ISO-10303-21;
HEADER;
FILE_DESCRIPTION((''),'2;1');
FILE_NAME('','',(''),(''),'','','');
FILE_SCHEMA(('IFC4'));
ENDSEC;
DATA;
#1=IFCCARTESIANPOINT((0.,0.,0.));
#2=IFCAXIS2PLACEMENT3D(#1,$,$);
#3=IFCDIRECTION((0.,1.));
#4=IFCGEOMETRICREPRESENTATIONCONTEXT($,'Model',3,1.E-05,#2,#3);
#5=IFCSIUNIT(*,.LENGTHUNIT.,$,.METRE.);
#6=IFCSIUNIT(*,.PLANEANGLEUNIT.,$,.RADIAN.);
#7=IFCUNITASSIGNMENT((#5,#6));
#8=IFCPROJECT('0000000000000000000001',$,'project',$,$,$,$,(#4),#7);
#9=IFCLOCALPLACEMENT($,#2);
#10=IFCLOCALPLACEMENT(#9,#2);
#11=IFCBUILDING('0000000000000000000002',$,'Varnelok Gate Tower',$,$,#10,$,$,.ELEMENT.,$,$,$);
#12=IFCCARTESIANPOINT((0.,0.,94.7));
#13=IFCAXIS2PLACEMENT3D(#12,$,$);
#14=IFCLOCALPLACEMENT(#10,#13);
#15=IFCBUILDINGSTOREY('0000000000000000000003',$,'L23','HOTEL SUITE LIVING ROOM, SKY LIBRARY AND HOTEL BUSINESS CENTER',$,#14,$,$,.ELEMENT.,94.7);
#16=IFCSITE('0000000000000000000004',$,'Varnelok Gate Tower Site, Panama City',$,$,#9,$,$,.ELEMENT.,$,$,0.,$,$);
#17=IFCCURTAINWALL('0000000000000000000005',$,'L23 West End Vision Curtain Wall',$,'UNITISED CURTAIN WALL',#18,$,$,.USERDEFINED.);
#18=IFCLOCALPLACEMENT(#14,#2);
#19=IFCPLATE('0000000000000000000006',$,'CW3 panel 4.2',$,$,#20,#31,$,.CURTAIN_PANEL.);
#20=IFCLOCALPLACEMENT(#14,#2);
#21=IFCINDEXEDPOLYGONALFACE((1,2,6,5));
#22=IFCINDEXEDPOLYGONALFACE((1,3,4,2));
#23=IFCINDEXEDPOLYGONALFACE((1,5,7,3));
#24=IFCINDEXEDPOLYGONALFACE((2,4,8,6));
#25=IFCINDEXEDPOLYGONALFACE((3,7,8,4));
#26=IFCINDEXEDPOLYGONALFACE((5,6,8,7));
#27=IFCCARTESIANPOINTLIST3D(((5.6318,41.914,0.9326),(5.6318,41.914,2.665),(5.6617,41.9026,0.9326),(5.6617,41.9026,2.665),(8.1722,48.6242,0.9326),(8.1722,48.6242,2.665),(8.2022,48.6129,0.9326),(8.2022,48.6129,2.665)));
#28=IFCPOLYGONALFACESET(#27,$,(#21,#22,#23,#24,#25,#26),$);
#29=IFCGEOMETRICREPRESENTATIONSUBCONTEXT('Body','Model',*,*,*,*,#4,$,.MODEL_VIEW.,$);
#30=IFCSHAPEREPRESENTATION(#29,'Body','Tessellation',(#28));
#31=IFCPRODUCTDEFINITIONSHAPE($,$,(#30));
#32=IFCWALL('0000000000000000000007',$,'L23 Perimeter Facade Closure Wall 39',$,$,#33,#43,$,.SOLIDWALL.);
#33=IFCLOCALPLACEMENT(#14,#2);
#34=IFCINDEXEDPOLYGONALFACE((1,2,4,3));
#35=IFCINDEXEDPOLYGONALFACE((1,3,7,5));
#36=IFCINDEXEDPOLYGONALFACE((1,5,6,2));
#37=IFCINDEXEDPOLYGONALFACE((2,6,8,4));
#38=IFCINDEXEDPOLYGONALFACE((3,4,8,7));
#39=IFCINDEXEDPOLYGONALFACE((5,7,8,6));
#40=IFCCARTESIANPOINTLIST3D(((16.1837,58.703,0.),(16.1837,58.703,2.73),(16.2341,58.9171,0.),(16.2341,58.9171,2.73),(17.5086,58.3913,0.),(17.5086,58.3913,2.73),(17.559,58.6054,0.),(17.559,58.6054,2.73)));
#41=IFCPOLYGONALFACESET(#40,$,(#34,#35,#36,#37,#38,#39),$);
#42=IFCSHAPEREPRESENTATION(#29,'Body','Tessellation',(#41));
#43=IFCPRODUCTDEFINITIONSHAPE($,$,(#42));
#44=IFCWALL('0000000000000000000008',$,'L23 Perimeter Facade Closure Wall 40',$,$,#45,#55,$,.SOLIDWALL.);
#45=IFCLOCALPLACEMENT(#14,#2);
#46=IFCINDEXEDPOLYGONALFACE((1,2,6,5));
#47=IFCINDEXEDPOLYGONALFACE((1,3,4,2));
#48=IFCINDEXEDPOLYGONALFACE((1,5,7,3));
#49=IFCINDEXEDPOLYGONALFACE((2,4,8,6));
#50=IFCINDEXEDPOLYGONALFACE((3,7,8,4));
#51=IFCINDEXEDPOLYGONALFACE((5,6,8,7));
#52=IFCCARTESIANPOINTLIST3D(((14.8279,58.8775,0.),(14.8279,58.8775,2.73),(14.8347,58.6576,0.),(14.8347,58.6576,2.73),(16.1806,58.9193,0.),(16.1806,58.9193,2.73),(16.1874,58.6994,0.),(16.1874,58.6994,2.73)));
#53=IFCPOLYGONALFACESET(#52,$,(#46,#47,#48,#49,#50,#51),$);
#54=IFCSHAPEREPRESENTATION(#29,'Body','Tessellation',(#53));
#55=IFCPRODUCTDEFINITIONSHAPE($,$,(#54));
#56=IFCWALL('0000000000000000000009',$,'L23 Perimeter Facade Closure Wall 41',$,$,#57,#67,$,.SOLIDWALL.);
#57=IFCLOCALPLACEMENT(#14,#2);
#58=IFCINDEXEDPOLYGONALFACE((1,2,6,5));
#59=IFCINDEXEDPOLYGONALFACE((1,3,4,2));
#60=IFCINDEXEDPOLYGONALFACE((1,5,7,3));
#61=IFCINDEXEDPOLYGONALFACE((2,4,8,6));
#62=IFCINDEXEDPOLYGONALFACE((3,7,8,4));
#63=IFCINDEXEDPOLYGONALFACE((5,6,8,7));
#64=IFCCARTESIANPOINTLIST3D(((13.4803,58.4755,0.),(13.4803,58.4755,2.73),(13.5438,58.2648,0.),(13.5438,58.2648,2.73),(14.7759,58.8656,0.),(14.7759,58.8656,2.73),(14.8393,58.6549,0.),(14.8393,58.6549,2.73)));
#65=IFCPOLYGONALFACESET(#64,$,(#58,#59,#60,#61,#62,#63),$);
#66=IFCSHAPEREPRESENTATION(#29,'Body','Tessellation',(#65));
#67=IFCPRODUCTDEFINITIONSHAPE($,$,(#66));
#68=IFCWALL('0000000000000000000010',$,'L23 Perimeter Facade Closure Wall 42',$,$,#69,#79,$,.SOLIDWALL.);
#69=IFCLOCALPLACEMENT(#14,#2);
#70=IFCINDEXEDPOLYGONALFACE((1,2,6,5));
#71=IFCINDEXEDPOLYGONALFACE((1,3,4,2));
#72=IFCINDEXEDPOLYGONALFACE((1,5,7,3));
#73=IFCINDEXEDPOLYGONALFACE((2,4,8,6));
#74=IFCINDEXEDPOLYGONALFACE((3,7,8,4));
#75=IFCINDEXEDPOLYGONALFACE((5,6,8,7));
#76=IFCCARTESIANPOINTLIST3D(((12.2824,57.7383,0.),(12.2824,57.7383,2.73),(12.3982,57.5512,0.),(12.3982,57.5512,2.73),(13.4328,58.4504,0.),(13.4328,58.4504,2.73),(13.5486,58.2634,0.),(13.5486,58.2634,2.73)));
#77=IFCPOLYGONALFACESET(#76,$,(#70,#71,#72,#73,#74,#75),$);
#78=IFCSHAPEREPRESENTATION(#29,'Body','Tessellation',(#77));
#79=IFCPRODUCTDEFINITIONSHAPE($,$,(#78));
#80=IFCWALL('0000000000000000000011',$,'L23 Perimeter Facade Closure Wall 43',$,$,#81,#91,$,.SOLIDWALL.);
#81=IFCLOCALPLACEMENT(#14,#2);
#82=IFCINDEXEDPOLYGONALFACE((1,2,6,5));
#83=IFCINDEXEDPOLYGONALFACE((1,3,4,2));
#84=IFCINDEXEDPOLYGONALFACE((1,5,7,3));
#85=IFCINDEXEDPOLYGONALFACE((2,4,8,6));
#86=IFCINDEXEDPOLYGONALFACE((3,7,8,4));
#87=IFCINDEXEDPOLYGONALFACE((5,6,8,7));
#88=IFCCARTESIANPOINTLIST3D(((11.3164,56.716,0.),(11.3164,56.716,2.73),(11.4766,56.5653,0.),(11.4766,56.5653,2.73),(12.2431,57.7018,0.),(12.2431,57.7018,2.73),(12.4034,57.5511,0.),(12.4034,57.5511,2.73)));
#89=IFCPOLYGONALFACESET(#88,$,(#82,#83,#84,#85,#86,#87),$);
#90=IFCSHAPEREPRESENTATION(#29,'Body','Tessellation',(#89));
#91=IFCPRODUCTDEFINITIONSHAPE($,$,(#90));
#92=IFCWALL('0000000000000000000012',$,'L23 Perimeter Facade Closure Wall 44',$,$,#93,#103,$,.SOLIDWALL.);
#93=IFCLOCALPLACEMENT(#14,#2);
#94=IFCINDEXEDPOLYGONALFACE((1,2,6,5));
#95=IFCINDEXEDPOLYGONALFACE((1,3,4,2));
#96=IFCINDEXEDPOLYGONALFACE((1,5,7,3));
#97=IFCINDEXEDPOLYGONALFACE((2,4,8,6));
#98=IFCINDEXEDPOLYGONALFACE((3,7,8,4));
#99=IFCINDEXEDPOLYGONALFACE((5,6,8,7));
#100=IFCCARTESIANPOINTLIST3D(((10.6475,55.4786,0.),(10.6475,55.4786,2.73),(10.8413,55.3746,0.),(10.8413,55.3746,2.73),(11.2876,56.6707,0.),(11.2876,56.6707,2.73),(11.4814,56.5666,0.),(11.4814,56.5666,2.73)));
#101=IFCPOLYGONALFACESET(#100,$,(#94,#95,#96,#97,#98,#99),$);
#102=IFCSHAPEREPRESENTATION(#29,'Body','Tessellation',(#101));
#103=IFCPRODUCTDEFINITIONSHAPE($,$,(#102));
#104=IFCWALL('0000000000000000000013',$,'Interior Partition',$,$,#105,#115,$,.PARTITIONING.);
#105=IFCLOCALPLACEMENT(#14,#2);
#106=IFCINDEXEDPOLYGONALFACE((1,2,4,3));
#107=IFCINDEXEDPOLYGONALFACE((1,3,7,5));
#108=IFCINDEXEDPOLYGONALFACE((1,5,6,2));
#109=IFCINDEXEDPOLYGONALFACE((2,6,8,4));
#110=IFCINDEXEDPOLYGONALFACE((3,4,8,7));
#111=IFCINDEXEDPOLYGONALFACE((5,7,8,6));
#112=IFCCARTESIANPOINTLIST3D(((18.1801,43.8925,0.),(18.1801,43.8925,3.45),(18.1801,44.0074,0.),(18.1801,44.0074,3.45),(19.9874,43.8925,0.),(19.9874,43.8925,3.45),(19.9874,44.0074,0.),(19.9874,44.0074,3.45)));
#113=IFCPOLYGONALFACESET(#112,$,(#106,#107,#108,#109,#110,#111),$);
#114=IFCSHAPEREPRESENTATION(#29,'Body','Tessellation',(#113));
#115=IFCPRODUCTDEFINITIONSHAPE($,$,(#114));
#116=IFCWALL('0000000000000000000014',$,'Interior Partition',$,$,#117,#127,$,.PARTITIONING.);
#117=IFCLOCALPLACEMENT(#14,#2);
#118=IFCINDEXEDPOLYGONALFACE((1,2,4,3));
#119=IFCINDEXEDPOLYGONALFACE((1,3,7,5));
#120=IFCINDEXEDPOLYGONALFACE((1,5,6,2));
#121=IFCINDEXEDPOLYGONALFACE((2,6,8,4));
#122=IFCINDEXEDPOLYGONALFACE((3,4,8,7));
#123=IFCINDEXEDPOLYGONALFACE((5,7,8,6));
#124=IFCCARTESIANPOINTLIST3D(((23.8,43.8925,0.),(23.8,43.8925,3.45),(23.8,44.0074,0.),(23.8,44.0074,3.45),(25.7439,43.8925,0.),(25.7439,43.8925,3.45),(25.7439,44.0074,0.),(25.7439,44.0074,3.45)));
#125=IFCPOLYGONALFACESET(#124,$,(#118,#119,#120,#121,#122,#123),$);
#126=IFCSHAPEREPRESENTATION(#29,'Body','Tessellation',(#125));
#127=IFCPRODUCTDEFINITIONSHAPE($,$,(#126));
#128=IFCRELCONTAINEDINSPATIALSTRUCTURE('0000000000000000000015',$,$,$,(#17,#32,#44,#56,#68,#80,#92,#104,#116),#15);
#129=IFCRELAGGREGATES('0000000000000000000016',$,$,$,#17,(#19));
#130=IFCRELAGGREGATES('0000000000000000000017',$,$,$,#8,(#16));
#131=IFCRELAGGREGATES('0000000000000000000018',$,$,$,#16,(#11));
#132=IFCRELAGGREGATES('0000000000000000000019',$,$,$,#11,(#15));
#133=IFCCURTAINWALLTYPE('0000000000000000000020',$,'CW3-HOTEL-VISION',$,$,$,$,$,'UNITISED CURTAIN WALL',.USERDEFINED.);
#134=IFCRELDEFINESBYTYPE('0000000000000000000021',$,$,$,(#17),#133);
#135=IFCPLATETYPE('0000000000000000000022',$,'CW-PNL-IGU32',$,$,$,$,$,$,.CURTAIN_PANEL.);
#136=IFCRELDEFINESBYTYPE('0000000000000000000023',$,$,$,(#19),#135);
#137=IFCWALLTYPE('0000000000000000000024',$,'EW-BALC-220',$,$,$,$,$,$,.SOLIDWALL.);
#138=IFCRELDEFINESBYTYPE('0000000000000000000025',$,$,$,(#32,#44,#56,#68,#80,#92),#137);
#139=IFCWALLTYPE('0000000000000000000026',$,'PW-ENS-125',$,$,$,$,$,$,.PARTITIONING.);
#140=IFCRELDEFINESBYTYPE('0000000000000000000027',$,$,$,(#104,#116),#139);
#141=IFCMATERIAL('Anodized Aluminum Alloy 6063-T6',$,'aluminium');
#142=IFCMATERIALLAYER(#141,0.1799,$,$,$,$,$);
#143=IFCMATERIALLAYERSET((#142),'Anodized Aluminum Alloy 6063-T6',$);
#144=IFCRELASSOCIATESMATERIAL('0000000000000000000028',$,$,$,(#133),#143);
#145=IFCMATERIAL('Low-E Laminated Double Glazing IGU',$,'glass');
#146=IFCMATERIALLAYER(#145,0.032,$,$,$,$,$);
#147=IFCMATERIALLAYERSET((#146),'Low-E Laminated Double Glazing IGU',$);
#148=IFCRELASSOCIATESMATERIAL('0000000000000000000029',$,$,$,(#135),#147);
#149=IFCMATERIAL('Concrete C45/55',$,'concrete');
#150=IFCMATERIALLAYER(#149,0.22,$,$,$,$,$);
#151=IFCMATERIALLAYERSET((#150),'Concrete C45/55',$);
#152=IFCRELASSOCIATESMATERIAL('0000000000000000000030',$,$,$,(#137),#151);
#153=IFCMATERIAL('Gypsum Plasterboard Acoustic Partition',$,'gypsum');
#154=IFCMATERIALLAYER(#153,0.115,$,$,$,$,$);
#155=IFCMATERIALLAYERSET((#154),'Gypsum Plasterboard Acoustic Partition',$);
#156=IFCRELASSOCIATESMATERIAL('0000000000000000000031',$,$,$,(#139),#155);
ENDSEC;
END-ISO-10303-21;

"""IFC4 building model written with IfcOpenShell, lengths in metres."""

from ifc_helpers import new_model, si_unit, direction, frame, frame_2d, origin, origin_2d, place, context, subcontext, project, spatial, rectangle, extrude, source, transform, mapped, material, layer, layer_set, type_object, element, aggregate, save


model = new_model("IFC4")

# Units and contexts
model_context = context("Model", 3, precision=1e-05, world=origin(), true_north=direction((0.0, 1.0)))
body_context = subcontext(model_context, "Body", "Model", "MODEL_VIEW")
ifc_project = project(units=[si_unit("LENGTHUNIT", "METRE"), si_unit("PLANEANGLEUNIT", "RADIAN")], contexts=[model_context])

# Site, building, storey
site_placement = place(None, origin())
site = spatial("IfcSite", under=ifc_project, at=site_placement, Name="Varnelok Gate Tower Site, Panama City", CompositionType="ELEMENT", RefElevation=0.0)
building_placement = place(site_placement, origin())
building = spatial("IfcBuilding", under=site, at=building_placement, Name="Varnelok Gate Tower", CompositionType="ELEMENT")
storey_placement = place(building_placement, frame((0.0, 0.0, 94.7)))
storey = spatial("IfcBuildingStorey", under=building, at=storey_placement, Name="L23", Description="HOTEL SUITE LIVING ROOM, SKY LIBRARY AND HOTEL BUSINESS CENTER", CompositionType="ELEMENT", Elevation=94.7)

# Curtain wall, plate
ifc_material_1 = material(Name="Anodized Aluminum Alloy 6063-T6", Category="aluminium")
ifc_layer_1 = layer(ifc_material_1, 0.1799)
ifc_layer_set_1 = layer_set([ifc_layer_1], Name="Anodized Aluminum Alloy 6063-T6")
curtain_wall_type = type_object("IfcCurtainWallType", Name="CW3-HOTEL-VISION", ElementType="UNITISED CURTAIN WALL", PredefinedType="USERDEFINED", material=ifc_layer_set_1)
curtain_wall_placement = place(storey_placement, origin())
curtain_wall = element("IfcCurtainWall", 1, at=curtain_wall_placement, inside=storey, type_object=curtain_wall_type, Name="L23 West End Vision Curtain Wall", ObjectType="UNITISED CURTAIN WALL", PredefinedType="USERDEFINED")
ifc_material_2 = material(Name="Low-E Laminated Double Glazing IGU", Category="glass")
ifc_layer_2 = layer(ifc_material_2, 0.032)
ifc_layer_set_2 = layer_set([ifc_layer_2], Name="Low-E Laminated Double Glazing IGU")
plate_type = type_object("IfcPlateType", Name="CW-PNL-IGU32", PredefinedType="CURTAIN_PANEL", material=ifc_layer_set_2)
shared_shape_1 = source(origin(), body_context, "Body", "SweptSolid", [
    extrude(rectangle(XDim=7.175, YDim=0.032, at=origin_2d()), origin(), (0.0, 0.0, 1.0), 1.7324),
])
plate_1_placement = place(storey_placement, frame((6.917, 45.2634, 0.9326), z_axis=(0.0, 0.0, 1.0), x_axis=(0.354064, 0.935221, 0.0)))
plate_1 = element("IfcPlate", 2, at=plate_1_placement, type_object=plate_type, Name="CW3 panel 4.2", PredefinedType="CURTAIN_PANEL", context=body_context, shape_type="MappedRepresentation", body=[
    mapped(shared_shape_1, transform((0.0, 0.0, 0.0), scale=1.0)),
])
aggregate(curtain_wall, [plate_1])

# Walls
ifc_material_3 = material(Name="Concrete C45/55", Category="concrete")
ifc_layer_3 = layer(ifc_material_3, 0.22)
ifc_layer_set_3 = layer_set([ifc_layer_3], Name="Concrete C45/55")
wall_type_1 = type_object("IfcWallType", Name="EW-BALC-220", PredefinedType="SOLIDWALL", material=ifc_layer_set_3)
wall_1_placement = place(storey_placement, frame((17.5339, 58.4983, 0.0), z_axis=(0.0, 0.0, 1.0), x_axis=(-0.973415, 0.229049, 0.0)))
element("IfcWall", 3, at=wall_1_placement, inside=storey, type_object=wall_type_1, Name="L23 Perimeter Facade Closure Wall 39", PredefinedType="SOLIDWALL", context=body_context, shape_type="SweptSolid", body=[
    extrude(rectangle(XDim=1.3611, YDim=0.22, at=frame_2d((0.6807, 0.0))), origin(), (0.0, 0.0, 1.0), 2.73),
])
wall_2_placement = place(storey_placement, frame((16.1841, 58.8093, 0.0), z_axis=(0.0, 0.0, 1.0), x_axis=(-0.999524, -0.030852, 0.0)))
element("IfcWall", 4, at=wall_2_placement, inside=storey, type_object=wall_type_1, Name="L23 Perimeter Facade Closure Wall 40", PredefinedType="SOLIDWALL", context=body_context, shape_type="SweptSolid", body=[
    extrude(rectangle(XDim=1.3533, YDim=0.22, at=frame_2d((0.6768, 0.0))), origin(), (0.0, 0.0, 1.0), 2.73),
])
for number, where, z_axis, x_axis, name in (
    (5, (14.8076, 58.7603, 0.0), (0.0, 0.0, 1.0), (-0.957533, -0.288324, 0.0), "L23 Perimeter Facade Closure Wall 41"),
    (6, (13.4907, 58.3569, 0.0), (0.0, 0.0, 1.0), (-0.850261, -0.526361, 0.0), "L23 Perimeter Facade Closure Wall 42"),
    (7, (12.3232, 57.6265, 0.0), (0.0, 0.0, 1.0), (-0.684937, -0.728602, 0.0), "L23 Perimeter Facade Closure Wall 43"),
    (8, (11.3845, 56.6187, 0.0), (0.0, 0.0, 1.0), (-0.473077, -0.881021, 0.0), "L23 Perimeter Facade Closure Wall 44"),
):
    element("IfcWall", number, at=place(storey_placement, frame(where, z_axis=z_axis, x_axis=x_axis)), inside=storey, type_object=wall_type_1, Name=name, PredefinedType="SOLIDWALL", context=body_context, shape_type="SweptSolid", body=[
        extrude(rectangle(XDim=1.353, YDim=0.22, at=frame_2d((0.6765, 0.0))), origin(), (0.0, 0.0, 1.0), 2.73),
    ])
ifc_material_4 = material(Name="Gypsum Plasterboard Acoustic Partition", Category="gypsum")
ifc_layer_4 = layer(ifc_material_4, 0.115)
ifc_layer_set_4 = layer_set([ifc_layer_4], Name="Gypsum Plasterboard Acoustic Partition")
wall_type_2 = type_object("IfcWallType", Name="PW-ENS-125", PredefinedType="PARTITIONING", material=ifc_layer_set_4)
wall_3_placement = place(storey_placement, frame((18.1799, 43.95, 0.0), z_axis=(0.0, 0.0, 1.0), x_axis=(1.0, 0.0, 0.0)))
element("IfcWall", 9, at=wall_3_placement, inside=storey, type_object=wall_type_2, Name="Interior Partition", PredefinedType="PARTITIONING", context=body_context, shape_type="SweptSolid", body=[
    extrude(rectangle(XDim=1.8074, YDim=0.115, at=frame_2d((0.9038, 0.0))), origin(), (0.0, 0.0, 1.0), 3.45),
])
wall_4_placement = place(storey_placement, frame((23.8, 43.95, 0.0), z_axis=(0.0, 0.0, 1.0), x_axis=(1.0, 0.0, 0.0)))
element("IfcWall", 10, at=wall_4_placement, inside=storey, type_object=wall_type_2, Name="Interior Partition", PredefinedType="PARTITIONING", context=body_context, shape_type="SweptSolid", body=[
    extrude(rectangle(XDim=1.9438, YDim=0.115, at=frame_2d((0.9719, 0.0))), origin(), (0.0, 0.0, 1.0), 3.45),
])

save(model, "model.ifc")
